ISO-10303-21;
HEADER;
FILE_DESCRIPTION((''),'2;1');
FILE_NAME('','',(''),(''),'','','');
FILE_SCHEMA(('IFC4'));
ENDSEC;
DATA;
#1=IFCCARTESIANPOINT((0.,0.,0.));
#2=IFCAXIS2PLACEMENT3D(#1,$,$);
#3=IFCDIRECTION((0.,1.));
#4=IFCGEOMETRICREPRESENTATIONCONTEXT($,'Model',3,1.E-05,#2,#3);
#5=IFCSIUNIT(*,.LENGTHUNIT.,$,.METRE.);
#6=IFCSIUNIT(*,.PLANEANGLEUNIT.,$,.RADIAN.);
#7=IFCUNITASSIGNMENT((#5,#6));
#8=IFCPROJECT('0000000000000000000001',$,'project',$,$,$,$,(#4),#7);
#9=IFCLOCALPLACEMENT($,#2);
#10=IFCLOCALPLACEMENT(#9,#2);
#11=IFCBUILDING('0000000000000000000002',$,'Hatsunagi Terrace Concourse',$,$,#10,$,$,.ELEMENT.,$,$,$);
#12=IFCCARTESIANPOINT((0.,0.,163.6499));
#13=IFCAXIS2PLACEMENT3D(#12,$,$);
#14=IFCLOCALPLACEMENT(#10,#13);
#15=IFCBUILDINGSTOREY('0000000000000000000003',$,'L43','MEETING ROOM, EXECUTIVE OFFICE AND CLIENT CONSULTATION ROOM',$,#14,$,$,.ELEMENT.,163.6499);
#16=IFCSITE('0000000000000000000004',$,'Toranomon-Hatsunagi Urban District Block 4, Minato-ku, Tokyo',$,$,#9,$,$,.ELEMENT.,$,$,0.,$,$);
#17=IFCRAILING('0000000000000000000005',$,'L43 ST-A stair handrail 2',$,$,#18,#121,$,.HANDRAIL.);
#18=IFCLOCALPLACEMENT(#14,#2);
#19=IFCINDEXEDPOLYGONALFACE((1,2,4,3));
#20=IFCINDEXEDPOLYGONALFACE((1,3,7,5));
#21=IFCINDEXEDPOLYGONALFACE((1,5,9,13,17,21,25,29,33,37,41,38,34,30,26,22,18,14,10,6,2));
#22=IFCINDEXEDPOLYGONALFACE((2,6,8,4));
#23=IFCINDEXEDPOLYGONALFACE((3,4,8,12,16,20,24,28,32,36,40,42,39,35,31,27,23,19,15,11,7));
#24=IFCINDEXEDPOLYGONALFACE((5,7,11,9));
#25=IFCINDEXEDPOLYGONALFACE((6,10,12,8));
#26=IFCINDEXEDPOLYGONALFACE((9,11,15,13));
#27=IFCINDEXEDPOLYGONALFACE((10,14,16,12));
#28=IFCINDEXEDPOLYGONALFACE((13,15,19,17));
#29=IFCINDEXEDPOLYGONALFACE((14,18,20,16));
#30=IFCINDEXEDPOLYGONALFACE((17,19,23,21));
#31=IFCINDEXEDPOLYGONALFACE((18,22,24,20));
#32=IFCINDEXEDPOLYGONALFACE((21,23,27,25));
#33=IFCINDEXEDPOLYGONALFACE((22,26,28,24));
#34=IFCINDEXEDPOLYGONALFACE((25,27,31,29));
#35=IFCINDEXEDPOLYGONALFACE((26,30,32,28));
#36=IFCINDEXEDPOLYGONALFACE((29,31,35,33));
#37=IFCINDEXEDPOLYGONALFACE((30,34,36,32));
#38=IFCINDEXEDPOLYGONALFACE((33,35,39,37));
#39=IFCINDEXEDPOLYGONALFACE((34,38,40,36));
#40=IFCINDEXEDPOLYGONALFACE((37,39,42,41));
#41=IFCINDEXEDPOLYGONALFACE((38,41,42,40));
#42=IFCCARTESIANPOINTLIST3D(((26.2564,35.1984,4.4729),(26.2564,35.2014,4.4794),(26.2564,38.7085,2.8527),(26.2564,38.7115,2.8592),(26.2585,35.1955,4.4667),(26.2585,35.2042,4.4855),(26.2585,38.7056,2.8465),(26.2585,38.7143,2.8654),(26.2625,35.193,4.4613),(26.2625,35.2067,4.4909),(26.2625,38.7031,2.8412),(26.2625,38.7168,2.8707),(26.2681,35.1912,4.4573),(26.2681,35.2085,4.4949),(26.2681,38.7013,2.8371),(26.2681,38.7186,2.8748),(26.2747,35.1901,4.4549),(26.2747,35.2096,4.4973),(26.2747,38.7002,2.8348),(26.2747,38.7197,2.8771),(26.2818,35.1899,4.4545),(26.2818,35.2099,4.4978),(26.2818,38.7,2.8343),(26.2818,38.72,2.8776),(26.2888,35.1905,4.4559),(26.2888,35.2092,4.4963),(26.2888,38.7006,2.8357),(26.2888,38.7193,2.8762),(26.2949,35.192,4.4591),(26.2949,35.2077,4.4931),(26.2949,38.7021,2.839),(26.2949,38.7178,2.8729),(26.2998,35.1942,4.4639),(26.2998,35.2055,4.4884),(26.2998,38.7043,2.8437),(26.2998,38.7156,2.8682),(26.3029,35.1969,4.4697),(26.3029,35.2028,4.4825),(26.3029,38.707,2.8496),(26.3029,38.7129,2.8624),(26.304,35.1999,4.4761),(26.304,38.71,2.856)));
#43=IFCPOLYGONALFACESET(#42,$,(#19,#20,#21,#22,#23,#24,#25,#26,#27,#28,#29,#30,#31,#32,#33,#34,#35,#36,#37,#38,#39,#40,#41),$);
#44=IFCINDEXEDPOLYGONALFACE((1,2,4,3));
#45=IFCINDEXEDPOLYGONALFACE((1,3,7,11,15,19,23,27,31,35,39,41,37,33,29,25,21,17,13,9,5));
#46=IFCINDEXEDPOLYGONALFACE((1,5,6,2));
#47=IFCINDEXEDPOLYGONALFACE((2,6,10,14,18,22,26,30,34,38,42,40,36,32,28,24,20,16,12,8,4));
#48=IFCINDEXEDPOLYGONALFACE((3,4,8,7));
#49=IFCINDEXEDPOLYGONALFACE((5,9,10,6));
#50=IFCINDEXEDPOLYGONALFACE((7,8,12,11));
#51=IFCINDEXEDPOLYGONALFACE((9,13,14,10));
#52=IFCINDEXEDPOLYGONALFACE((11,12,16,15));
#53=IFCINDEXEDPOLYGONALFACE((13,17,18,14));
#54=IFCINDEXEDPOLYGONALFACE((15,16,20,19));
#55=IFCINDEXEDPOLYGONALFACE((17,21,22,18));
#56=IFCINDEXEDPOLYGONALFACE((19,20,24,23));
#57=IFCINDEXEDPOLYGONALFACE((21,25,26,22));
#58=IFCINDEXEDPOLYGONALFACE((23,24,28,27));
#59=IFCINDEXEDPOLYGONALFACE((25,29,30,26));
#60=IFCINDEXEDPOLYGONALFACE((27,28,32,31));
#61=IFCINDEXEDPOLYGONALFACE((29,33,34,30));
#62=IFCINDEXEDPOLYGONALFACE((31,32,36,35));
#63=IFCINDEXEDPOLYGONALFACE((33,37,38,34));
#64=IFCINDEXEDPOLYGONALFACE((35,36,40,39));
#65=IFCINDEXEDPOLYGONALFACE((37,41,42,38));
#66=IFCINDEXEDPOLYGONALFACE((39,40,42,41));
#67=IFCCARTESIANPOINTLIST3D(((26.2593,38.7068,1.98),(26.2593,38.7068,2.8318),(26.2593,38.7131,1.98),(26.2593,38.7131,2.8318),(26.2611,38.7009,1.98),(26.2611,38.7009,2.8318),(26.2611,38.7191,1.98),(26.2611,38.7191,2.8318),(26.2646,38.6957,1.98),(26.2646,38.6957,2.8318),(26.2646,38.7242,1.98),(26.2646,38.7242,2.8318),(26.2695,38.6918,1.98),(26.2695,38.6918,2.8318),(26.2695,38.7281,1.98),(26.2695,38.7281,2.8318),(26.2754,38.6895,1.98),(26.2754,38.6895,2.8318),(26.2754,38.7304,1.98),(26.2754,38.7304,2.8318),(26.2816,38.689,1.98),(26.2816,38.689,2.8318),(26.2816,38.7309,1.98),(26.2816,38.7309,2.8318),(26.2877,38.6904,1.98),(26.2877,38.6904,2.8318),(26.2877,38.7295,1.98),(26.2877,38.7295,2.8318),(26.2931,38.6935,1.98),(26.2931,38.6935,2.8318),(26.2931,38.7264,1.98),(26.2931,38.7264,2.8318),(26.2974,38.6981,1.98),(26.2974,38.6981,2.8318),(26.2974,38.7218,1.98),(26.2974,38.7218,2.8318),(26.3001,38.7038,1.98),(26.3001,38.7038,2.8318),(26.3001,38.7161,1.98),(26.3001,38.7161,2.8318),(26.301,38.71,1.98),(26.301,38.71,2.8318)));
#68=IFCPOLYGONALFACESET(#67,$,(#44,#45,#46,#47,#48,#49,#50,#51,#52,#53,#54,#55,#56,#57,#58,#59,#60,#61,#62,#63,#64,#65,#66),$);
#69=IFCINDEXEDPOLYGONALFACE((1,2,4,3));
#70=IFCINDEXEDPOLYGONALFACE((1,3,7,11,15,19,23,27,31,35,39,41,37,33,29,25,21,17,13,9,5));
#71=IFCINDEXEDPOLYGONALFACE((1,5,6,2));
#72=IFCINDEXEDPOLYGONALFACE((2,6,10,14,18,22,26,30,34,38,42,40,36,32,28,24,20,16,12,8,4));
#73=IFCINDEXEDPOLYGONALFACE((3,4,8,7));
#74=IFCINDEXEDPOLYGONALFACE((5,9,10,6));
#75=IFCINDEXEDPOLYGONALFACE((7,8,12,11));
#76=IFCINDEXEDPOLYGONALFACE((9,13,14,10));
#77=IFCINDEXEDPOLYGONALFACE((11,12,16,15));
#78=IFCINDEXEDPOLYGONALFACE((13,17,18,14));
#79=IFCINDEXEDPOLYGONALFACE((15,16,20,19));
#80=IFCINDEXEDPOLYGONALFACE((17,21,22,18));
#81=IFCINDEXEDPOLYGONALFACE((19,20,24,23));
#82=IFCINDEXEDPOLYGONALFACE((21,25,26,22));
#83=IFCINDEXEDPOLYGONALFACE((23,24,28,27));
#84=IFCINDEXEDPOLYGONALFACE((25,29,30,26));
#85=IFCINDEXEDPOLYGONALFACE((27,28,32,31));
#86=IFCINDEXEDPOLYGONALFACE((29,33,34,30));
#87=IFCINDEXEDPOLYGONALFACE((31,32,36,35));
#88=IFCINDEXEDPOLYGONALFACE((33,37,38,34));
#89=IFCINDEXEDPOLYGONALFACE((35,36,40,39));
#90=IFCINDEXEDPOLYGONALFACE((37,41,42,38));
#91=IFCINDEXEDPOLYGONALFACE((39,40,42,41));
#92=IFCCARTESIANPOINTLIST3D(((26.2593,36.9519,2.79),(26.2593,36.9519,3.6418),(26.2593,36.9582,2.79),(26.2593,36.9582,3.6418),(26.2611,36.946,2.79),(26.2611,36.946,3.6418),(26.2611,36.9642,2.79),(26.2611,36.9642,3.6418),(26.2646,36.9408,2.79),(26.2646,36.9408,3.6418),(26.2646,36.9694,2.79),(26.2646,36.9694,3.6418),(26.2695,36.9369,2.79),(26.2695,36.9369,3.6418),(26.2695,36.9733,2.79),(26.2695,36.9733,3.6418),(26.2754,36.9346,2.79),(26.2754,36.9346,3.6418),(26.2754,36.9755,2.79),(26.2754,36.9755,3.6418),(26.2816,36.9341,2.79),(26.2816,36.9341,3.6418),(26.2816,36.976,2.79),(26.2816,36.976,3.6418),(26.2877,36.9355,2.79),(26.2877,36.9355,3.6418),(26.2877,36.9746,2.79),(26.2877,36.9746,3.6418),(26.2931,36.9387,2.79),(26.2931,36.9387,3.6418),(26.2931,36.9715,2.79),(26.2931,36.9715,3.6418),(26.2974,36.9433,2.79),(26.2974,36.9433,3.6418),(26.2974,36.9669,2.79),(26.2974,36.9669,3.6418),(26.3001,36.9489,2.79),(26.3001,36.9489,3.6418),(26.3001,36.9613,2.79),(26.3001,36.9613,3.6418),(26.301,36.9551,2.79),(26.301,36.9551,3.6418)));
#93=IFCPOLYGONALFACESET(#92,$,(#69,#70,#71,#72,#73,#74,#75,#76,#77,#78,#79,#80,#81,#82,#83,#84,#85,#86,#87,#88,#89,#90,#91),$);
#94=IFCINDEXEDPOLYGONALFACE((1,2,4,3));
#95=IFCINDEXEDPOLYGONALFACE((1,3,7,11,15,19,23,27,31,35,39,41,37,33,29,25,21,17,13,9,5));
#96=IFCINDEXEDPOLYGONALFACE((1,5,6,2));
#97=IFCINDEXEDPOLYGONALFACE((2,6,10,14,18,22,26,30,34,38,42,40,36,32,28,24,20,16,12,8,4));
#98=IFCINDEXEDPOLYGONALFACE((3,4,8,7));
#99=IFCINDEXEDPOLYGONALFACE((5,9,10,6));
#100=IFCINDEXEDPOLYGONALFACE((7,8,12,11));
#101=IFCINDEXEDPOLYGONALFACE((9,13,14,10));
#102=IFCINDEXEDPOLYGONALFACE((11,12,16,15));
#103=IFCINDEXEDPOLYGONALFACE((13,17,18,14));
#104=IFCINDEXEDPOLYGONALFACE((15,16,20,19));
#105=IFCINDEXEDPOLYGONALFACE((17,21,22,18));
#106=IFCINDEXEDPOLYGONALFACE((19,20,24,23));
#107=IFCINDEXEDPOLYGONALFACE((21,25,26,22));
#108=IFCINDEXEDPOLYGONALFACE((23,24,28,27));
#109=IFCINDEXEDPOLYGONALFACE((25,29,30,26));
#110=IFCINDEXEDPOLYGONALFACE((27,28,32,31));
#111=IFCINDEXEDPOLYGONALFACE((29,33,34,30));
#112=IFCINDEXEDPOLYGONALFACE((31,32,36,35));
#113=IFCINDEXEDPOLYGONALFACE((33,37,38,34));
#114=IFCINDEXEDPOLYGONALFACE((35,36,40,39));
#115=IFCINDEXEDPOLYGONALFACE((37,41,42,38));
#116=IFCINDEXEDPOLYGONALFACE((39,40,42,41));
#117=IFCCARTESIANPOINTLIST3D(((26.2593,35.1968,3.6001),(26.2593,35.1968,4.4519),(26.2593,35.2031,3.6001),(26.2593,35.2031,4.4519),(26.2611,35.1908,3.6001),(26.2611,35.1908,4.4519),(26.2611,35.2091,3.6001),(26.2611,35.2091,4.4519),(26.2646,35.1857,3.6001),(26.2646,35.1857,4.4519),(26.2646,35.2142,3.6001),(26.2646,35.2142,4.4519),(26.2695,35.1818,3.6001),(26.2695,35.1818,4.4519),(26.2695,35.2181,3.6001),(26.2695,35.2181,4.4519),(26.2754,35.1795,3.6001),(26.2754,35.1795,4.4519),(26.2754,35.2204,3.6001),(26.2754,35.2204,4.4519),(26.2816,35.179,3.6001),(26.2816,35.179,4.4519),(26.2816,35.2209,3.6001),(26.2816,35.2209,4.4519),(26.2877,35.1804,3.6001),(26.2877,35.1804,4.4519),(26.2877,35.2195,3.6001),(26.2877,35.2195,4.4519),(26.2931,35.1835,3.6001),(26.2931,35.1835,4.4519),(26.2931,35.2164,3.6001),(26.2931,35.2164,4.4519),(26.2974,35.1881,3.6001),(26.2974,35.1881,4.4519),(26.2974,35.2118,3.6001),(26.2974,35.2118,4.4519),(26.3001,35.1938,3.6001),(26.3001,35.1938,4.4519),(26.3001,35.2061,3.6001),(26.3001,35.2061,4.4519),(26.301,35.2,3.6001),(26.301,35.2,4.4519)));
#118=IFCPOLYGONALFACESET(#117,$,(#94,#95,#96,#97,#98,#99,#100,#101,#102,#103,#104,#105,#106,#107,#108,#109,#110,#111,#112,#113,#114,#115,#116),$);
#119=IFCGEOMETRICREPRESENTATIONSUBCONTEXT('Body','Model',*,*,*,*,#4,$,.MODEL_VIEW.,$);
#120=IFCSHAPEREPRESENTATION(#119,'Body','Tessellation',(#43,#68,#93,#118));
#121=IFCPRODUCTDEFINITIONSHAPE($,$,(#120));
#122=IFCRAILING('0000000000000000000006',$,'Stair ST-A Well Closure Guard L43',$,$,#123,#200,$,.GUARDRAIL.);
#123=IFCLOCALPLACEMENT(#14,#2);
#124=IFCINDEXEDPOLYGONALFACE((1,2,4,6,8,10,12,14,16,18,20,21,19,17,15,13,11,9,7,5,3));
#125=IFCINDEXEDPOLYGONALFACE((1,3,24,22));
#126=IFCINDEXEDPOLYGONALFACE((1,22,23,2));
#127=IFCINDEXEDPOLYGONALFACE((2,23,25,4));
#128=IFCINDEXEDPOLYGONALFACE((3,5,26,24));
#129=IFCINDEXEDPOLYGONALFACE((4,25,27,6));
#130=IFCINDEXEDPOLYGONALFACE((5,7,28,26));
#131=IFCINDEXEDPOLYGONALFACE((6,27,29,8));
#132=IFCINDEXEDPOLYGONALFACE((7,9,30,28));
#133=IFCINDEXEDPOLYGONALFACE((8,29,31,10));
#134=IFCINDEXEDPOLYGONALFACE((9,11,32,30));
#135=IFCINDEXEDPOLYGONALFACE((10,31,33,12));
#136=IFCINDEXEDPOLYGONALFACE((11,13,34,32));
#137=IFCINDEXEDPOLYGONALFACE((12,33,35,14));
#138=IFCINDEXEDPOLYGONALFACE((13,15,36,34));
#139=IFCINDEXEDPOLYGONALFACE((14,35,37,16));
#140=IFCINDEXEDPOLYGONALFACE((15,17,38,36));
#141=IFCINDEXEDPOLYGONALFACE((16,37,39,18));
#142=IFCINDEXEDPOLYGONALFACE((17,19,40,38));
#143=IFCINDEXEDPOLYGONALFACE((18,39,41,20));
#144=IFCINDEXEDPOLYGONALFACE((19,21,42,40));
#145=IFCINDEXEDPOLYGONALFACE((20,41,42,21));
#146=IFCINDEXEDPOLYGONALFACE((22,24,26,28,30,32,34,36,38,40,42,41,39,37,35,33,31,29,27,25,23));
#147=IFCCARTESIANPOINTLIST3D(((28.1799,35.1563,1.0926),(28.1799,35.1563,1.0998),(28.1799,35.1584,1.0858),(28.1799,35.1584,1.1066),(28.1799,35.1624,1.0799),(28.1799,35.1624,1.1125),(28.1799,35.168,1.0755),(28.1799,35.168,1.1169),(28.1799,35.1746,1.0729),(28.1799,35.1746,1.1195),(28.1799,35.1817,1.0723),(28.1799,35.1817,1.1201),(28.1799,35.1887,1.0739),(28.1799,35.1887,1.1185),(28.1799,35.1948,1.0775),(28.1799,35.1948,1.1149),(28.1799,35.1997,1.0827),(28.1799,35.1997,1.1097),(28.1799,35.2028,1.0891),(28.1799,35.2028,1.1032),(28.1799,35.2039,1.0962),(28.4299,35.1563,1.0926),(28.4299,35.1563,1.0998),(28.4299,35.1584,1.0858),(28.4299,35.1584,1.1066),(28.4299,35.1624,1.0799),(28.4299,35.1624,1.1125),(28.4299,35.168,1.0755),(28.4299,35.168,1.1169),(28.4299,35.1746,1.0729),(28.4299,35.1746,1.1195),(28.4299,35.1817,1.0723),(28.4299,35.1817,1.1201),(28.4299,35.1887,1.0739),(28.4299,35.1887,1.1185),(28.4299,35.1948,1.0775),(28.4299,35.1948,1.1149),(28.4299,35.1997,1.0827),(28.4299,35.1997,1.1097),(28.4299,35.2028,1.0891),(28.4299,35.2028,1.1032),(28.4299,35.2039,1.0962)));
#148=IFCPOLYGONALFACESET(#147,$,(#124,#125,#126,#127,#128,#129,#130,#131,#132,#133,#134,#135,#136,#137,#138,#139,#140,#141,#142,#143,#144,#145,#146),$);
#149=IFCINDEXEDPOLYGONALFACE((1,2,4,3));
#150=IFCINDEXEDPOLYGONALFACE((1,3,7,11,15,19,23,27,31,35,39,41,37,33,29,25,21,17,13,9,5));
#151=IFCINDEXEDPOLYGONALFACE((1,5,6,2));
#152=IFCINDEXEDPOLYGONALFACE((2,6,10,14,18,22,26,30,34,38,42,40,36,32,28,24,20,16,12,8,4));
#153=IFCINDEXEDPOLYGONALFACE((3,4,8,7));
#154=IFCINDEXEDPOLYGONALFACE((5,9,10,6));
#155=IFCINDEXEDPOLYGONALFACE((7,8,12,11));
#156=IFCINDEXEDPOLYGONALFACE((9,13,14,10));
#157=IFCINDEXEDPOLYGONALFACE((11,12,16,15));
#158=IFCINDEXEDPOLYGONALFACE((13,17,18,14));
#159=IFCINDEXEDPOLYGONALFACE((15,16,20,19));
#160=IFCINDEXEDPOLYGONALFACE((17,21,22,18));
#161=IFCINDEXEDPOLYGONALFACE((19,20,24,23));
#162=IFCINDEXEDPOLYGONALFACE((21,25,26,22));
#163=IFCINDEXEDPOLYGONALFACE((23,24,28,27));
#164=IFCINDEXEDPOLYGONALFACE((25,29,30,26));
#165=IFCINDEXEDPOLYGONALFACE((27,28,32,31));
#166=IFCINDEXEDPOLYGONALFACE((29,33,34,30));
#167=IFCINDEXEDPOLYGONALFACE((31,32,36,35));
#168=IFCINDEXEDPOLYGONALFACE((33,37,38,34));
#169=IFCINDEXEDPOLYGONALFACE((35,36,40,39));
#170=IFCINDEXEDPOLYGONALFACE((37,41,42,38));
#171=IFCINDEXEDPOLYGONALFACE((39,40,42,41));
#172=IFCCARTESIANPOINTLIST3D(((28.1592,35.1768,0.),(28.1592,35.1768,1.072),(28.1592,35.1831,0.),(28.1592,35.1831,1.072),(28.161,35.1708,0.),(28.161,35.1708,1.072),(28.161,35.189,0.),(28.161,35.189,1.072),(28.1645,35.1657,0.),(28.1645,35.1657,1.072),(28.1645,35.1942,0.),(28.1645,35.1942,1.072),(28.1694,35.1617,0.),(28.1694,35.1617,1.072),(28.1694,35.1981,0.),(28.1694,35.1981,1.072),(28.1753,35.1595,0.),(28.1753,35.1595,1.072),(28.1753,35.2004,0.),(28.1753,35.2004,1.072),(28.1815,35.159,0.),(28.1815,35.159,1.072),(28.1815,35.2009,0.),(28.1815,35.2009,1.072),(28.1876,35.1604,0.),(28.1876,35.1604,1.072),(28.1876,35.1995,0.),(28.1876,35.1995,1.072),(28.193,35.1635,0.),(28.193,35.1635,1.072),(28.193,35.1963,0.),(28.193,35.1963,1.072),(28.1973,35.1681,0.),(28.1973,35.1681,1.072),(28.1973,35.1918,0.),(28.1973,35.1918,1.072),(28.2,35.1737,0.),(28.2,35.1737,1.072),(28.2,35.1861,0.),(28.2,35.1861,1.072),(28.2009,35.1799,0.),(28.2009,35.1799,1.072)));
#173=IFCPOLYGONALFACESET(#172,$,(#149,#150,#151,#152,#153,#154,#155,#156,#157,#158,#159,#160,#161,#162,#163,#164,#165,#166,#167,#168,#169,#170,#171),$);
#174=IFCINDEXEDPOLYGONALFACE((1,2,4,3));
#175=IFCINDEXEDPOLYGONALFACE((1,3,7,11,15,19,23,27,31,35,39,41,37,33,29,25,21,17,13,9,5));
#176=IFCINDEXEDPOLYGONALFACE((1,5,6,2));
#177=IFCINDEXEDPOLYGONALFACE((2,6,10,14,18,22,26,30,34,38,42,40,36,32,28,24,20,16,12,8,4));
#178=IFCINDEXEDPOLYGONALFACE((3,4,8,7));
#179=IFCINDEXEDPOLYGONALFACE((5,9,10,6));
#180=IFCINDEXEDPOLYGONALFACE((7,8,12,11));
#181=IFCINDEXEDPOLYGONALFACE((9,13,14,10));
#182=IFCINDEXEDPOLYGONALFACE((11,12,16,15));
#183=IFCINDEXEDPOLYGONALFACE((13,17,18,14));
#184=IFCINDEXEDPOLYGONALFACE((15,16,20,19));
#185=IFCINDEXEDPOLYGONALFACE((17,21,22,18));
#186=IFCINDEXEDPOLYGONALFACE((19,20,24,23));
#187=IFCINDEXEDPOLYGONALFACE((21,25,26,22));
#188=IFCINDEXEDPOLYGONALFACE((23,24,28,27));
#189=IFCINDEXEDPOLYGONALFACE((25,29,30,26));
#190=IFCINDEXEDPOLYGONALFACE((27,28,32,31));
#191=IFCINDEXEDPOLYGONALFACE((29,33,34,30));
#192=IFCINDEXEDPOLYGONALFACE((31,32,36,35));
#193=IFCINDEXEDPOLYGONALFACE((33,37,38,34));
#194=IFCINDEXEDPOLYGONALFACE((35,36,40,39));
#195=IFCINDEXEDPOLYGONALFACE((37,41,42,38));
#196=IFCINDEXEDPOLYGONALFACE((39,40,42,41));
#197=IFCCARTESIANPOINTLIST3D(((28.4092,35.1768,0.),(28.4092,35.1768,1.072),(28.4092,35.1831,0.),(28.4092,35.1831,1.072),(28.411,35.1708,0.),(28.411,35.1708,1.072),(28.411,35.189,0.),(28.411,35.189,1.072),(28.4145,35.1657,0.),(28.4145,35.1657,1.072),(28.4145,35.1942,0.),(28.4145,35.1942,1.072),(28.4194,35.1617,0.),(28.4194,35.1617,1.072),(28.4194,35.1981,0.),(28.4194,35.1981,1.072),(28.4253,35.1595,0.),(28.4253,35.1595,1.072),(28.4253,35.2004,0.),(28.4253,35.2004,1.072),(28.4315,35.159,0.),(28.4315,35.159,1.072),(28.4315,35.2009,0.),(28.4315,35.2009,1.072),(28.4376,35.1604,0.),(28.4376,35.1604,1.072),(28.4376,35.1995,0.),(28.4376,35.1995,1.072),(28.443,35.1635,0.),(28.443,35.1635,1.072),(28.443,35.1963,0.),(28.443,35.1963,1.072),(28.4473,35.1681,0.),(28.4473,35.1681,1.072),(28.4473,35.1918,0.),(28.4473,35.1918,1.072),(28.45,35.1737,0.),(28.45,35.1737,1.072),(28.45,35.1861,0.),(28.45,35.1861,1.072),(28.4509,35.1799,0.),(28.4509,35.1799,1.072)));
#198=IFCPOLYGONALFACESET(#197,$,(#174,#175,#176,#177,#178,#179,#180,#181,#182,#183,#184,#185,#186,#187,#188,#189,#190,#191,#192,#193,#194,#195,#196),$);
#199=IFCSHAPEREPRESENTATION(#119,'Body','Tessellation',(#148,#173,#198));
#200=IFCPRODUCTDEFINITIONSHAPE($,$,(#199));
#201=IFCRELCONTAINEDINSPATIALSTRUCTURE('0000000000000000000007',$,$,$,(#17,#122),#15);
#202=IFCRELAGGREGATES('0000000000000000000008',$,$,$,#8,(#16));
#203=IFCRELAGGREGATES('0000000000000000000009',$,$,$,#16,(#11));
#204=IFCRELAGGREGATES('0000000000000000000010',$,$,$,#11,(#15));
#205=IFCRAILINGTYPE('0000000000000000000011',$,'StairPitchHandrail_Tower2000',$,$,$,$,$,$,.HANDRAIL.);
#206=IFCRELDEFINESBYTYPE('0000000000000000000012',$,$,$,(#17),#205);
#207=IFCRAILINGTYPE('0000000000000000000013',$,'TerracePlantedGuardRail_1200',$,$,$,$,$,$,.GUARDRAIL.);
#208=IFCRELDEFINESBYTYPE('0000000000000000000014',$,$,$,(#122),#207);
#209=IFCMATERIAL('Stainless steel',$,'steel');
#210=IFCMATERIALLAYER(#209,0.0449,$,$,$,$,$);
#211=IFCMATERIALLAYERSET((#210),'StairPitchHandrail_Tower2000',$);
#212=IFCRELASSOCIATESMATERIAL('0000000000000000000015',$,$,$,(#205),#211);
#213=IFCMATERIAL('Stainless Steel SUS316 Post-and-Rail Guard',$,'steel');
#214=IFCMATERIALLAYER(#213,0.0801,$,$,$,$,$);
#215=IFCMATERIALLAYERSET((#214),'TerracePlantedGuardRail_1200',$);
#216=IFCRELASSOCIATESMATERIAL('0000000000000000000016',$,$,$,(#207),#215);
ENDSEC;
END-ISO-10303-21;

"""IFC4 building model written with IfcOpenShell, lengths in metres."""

from ifc_helpers import new_model, si_unit, direction, frame, origin, origin_2d, place, context, subcontext, project, spatial, circle, extrude, material, layer, layer_set, type_object, element, save


model = new_model("IFC4")

# Units and contexts
model_context = context("Model", 3, precision=1e-05, world=origin(), true_north=direction((0.0, 1.0)))
body_context = subcontext(model_context, "Body", "Model", "MODEL_VIEW")
ifc_project = project(units=[si_unit("LENGTHUNIT", "METRE"), si_unit("PLANEANGLEUNIT", "RADIAN")], contexts=[model_context])

# Site, building, storey
site_placement = place(None, origin())
site = spatial("IfcSite", under=ifc_project, at=site_placement, Name="Toranomon-Hatsunagi Urban District Block 4, Minato-ku, Tokyo", CompositionType="ELEMENT", RefElevation=0.0)
building_placement = place(site_placement, origin())
building = spatial("IfcBuilding", under=site, at=building_placement, Name="Hatsunagi Terrace Concourse", CompositionType="ELEMENT")
storey_placement = place(building_placement, frame((0.0, 0.0, 163.6499)))
storey = spatial("IfcBuildingStorey", under=building, at=storey_placement, Name="L43", Description="MEETING ROOM, EXECUTIVE OFFICE AND CLIENT CONSULTATION ROOM", CompositionType="ELEMENT", Elevation=163.6499)

# Railings
ifc_material_1 = material(Name="Stainless steel", Category="steel")
ifc_layer_1 = layer(ifc_material_1, 0.0449)
ifc_layer_set_1 = layer_set([ifc_layer_1], Name="StairPitchHandrail_Tower2000")
railing_type_1 = type_object("IfcRailingType", Name="StairPitchHandrail_Tower2000", PredefinedType="HANDRAIL", material=ifc_layer_set_1)
railing_1_placement = place(storey_placement, frame((26.28, 38.71, 1.98)))
element("IfcRailing", 1, at=railing_1_placement, inside=storey, type_object=railing_type_1, Name="L43 ST-A stair handrail 2", PredefinedType="HANDRAIL", context=body_context, shape_type="SweptSolid", body=[
    extrude(circle(Radius=0.0239, at=origin_2d()), frame((0.0, 0.0, 0.876), z_axis=(0.0, -0.907948, 0.419082), x_axis=(1.0, 0.0, 0.0)), (0.0, 0.0, 1.0), 3.866),
    extrude(circle(Radius=0.021, at=origin_2d()), origin(), (0.0, 0.0, 1.0), 0.8518),
    extrude(circle(Radius=0.021, at=origin_2d()), frame((0.0, -1.7549, 0.8101)), (0.0, 0.0, 1.0), 0.8518),
    extrude(circle(Radius=0.021, at=origin_2d()), frame((0.0, -3.51, 1.6201)), (0.0, 0.0, 1.0), 0.8518),
])
ifc_material_2 = material(Name="Stainless Steel SUS316 Post-and-Rail Guard", Category="steel")
ifc_layer_2 = layer(ifc_material_2, 0.0801)
ifc_layer_set_2 = layer_set([ifc_layer_2], Name="TerracePlantedGuardRail_1200")
railing_type_2 = type_object("IfcRailingType", Name="TerracePlantedGuardRail_1200", PredefinedType="GUARDRAIL", material=ifc_layer_set_2)
railing_2_placement = place(storey_placement, frame((28.1799, 35.1799, 0.0)))
element("IfcRailing", 2, at=railing_2_placement, inside=storey, type_object=railing_type_2, Name="Stair ST-A Well Closure Guard L43", PredefinedType="GUARDRAIL", context=body_context, shape_type="SweptSolid", body=[
    extrude(circle(Radius=0.0239, at=origin_2d()), frame((0.0, 0.0, 1.0962), z_axis=(1.0, 0.0, 0.0), x_axis=(0.0, 1.0, 0.0)), (0.0, 0.0, 1.0), 0.25),
    extrude(circle(Radius=0.021, at=origin_2d()), origin(), (0.0, 0.0, 1.0), 1.072),
    extrude(circle(Radius=0.021, at=origin_2d()), frame((0.25, 0.0, 0.0)), (0.0, 0.0, 1.0), 1.072),
])

save(model, "model.ifc")
